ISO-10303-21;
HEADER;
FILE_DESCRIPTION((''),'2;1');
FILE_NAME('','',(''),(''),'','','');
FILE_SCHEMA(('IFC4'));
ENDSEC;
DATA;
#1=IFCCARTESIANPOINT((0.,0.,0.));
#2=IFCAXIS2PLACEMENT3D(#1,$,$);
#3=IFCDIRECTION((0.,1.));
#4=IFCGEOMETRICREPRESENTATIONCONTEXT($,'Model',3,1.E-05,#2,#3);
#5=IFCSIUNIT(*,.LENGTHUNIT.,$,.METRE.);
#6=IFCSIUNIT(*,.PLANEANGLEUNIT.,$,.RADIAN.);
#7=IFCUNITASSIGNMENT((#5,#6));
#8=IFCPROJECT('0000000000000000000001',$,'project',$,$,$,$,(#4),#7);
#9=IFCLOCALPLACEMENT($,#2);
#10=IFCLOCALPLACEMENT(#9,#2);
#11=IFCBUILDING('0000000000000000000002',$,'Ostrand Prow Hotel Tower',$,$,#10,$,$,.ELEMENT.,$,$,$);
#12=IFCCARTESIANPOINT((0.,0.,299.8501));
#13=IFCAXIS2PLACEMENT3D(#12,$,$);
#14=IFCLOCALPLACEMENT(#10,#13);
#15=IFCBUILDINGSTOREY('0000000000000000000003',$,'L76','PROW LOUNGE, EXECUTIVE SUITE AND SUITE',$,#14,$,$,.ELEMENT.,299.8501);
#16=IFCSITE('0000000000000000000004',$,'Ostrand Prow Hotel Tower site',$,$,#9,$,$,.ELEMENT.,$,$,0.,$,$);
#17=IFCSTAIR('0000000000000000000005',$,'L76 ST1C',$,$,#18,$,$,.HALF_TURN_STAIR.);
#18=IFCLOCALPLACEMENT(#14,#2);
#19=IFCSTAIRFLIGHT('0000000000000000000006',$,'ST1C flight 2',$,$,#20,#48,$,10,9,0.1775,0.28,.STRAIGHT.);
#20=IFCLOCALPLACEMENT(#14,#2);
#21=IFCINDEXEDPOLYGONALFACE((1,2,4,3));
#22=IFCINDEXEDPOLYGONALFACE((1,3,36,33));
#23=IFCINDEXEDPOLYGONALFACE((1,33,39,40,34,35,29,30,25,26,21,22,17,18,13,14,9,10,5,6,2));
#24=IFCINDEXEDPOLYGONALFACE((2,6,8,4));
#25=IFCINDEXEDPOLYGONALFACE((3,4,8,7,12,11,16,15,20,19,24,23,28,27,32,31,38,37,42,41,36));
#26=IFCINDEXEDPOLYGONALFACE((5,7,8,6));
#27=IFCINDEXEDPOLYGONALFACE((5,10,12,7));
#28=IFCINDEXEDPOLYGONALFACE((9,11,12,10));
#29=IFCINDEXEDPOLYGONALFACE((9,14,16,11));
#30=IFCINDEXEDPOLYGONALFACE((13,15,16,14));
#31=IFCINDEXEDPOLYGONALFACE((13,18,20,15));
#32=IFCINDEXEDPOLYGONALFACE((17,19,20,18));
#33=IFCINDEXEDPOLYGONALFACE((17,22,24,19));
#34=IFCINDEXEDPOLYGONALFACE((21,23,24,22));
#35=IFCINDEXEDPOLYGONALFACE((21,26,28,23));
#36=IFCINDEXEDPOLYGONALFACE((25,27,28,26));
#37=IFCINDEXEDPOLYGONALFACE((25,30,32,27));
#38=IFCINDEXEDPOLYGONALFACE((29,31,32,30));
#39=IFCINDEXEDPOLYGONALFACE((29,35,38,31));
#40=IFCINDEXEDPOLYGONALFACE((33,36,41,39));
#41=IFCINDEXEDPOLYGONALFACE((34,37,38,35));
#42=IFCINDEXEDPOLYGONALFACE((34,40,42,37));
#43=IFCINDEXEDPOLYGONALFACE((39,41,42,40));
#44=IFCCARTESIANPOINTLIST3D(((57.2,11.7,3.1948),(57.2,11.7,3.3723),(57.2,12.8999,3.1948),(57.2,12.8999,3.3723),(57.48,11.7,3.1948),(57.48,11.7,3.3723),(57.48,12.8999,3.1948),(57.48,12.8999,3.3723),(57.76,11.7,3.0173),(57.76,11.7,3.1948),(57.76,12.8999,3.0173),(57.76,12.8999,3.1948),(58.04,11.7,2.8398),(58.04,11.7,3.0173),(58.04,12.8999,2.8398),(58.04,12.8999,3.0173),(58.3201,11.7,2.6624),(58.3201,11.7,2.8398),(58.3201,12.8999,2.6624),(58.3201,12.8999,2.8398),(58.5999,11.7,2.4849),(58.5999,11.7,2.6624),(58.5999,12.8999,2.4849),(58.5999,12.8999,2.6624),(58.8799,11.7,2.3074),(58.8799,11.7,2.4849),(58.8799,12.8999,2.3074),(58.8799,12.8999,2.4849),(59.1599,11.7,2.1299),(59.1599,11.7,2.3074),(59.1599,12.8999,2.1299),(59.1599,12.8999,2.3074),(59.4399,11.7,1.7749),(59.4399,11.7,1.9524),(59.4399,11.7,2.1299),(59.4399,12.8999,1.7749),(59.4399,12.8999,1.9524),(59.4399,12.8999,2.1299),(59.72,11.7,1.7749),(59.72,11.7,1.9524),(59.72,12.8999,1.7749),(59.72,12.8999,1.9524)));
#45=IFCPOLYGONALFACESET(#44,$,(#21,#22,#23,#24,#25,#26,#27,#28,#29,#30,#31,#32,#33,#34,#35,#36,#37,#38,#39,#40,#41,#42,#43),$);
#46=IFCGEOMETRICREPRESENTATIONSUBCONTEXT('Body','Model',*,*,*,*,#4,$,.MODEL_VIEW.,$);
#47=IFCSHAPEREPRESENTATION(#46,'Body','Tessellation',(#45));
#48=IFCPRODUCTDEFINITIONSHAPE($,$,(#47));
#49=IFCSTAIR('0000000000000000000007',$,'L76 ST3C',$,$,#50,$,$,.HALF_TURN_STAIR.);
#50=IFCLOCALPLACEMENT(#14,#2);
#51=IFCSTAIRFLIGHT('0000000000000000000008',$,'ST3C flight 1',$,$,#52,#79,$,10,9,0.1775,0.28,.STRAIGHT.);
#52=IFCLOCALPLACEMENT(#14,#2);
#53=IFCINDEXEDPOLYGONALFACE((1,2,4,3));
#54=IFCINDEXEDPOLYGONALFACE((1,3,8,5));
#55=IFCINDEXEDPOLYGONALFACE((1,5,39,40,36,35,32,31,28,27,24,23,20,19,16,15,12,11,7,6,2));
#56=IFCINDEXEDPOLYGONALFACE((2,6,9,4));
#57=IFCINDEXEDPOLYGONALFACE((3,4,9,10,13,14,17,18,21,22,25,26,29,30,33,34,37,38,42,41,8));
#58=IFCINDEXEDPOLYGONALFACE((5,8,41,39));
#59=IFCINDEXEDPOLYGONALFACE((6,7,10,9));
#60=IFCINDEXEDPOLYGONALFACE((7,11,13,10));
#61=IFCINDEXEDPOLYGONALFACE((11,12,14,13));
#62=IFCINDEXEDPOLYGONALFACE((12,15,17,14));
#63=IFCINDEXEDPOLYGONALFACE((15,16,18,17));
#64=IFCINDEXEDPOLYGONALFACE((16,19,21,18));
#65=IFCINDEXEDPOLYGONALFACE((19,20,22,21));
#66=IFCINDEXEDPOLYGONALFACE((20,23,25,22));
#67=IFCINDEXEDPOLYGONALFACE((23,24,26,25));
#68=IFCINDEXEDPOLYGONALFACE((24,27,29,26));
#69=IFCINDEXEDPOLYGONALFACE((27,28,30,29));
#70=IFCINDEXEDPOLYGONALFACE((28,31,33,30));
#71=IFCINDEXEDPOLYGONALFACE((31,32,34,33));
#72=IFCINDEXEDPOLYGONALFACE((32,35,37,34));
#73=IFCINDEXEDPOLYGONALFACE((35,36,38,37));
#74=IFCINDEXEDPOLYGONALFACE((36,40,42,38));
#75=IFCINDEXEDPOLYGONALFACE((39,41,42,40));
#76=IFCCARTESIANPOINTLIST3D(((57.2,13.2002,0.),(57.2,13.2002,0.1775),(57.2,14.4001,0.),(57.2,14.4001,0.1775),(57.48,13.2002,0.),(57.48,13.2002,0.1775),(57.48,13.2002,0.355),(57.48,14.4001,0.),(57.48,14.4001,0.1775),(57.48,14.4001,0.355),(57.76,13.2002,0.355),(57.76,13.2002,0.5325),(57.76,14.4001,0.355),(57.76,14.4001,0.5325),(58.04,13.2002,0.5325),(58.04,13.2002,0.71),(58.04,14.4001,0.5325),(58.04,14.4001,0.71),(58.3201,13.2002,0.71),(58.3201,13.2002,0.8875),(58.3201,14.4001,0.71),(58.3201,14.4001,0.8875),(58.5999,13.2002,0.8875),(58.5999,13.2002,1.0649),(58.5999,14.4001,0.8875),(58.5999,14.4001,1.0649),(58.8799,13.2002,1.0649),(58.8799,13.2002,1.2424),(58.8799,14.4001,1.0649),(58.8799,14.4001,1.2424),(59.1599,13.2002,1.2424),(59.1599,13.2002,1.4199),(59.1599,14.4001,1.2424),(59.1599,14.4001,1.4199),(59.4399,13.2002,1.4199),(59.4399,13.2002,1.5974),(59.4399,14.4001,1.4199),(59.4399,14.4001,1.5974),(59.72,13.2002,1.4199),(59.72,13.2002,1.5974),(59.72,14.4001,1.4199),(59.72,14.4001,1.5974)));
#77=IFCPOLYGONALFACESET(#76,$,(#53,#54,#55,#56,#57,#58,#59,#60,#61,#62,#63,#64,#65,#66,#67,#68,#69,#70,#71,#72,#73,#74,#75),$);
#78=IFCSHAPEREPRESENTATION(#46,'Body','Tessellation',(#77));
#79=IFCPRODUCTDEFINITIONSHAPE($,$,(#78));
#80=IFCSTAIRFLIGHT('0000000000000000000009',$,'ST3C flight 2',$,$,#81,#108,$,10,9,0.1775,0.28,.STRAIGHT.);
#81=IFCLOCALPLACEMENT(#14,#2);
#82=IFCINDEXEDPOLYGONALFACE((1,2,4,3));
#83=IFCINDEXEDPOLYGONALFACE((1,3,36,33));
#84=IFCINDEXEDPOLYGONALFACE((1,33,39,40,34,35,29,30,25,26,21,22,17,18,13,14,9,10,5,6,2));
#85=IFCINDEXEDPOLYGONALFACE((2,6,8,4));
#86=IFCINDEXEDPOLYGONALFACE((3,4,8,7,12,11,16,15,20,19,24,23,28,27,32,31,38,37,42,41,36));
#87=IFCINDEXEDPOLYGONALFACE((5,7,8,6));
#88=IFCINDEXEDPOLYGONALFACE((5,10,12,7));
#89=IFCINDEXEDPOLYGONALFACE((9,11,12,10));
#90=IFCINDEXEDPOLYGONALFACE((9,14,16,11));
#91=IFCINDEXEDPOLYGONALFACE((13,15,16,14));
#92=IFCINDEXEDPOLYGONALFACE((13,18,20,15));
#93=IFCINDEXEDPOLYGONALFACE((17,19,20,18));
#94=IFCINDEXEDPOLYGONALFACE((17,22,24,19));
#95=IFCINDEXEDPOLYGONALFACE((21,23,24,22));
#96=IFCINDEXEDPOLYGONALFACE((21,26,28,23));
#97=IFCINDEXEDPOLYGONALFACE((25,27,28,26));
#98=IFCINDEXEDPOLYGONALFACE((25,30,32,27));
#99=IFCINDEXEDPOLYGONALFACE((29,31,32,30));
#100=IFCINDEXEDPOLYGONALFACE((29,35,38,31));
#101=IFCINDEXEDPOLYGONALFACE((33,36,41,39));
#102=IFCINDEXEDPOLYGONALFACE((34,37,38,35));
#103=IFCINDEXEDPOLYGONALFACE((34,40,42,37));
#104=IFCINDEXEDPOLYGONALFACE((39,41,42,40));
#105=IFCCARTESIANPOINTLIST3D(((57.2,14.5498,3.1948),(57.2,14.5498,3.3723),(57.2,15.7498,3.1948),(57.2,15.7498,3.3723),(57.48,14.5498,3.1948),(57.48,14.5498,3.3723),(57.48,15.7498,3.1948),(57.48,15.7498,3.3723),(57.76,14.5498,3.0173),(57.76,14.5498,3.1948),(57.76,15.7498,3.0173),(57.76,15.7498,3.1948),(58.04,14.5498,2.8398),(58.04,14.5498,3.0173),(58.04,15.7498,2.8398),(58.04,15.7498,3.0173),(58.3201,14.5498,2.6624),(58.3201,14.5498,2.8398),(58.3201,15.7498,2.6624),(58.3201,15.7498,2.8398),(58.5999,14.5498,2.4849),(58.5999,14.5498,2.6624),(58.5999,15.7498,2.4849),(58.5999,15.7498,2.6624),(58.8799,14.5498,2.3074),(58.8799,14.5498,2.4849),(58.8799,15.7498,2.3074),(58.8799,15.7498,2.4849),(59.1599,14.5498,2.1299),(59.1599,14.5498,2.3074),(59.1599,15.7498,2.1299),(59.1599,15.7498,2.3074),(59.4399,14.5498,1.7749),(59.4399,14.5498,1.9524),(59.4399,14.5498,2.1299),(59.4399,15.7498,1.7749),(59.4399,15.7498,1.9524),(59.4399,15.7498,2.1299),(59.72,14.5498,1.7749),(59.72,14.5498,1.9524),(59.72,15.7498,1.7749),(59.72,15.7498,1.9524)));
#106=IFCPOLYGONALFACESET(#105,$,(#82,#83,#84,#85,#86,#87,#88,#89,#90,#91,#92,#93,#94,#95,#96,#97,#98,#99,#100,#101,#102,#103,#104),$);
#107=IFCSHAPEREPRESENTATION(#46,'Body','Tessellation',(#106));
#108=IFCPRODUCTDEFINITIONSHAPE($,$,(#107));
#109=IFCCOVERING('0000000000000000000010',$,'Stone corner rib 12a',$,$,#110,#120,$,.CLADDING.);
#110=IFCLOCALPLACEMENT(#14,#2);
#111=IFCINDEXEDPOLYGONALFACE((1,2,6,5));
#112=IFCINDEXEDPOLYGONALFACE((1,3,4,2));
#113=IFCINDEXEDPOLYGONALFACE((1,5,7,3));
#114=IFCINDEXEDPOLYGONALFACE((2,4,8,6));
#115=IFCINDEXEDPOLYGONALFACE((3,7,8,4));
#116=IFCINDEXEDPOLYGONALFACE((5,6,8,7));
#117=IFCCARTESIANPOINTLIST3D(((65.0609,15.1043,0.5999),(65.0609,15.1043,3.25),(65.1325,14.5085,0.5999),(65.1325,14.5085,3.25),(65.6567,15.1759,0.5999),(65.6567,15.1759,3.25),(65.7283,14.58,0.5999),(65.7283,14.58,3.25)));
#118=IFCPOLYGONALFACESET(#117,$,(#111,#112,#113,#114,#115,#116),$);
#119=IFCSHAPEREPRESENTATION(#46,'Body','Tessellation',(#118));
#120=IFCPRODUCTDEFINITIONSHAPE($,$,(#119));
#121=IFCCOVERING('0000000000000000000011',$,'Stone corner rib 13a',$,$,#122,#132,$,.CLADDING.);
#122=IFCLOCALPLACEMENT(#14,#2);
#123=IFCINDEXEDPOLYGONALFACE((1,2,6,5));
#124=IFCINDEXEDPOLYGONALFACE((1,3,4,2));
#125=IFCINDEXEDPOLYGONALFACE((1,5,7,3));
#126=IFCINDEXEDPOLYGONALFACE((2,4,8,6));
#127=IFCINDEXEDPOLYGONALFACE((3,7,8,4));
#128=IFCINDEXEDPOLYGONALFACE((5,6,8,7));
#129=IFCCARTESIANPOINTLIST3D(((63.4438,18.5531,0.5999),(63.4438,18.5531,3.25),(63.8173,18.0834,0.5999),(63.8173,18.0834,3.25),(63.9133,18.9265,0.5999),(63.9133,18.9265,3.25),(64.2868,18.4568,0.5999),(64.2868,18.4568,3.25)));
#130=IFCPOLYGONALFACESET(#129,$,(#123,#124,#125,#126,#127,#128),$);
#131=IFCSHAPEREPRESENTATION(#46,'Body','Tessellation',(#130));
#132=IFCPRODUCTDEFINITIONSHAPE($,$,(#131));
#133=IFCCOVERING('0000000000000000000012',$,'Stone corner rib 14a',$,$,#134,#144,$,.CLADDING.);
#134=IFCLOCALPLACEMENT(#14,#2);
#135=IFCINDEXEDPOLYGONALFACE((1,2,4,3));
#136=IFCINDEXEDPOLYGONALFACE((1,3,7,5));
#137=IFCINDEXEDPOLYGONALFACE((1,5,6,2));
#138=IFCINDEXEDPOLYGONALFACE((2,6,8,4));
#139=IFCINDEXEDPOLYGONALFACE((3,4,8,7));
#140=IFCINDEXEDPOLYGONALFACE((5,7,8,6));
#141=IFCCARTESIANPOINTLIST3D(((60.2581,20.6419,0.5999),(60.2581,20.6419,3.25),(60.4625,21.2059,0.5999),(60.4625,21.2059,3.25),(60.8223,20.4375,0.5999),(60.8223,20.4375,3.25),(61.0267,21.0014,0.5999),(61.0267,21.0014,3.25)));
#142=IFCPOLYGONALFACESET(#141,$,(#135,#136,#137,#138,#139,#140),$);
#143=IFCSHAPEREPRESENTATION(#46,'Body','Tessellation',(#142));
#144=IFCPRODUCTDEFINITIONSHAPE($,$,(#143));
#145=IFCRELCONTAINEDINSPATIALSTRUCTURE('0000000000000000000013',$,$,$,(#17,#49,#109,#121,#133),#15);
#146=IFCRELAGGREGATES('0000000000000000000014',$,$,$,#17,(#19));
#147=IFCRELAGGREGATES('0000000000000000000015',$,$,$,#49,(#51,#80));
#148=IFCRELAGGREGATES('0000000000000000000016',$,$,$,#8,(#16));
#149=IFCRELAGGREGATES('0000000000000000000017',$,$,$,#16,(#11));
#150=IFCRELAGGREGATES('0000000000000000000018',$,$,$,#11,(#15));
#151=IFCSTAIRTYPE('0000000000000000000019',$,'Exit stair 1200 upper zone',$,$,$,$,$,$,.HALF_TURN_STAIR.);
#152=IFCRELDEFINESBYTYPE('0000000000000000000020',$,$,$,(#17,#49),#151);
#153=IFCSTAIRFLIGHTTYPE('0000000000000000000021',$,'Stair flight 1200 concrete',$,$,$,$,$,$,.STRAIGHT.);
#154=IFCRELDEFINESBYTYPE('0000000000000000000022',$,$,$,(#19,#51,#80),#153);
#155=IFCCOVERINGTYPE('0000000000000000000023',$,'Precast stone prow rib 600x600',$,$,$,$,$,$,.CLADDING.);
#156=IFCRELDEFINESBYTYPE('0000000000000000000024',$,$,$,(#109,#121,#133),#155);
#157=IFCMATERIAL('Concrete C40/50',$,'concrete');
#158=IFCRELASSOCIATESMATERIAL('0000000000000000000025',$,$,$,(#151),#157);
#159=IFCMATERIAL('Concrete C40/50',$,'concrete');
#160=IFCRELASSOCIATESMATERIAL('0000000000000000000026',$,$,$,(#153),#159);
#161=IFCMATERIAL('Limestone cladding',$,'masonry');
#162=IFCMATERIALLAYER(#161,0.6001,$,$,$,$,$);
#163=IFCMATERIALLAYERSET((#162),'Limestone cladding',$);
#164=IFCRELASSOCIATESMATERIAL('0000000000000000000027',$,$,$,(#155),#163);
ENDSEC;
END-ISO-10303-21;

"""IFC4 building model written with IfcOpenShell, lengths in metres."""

from ifc_helpers import new_model, si_unit, direction, frame, frame_2d, origin, place, context, subcontext, project, spatial, polyline, rectangle, outline, extrude, material, layer, layer_set, type_object, element, aggregate, save


model = new_model("IFC4")

# Units and contexts
model_context = context("Model", 3, precision=1e-05, world=origin(), true_north=direction((0.0, 1.0)))
body_context = subcontext(model_context, "Body", "Model", "MODEL_VIEW")
ifc_project = project(units=[si_unit("LENGTHUNIT", "METRE"), si_unit("PLANEANGLEUNIT", "RADIAN")], contexts=[model_context])

# Site, building, storey
site_placement = place(None, origin())
site = spatial("IfcSite", under=ifc_project, at=site_placement, Name="Ostrand Prow Hotel Tower site", CompositionType="ELEMENT", RefElevation=0.0)
building_placement = place(site_placement, origin())
building = spatial("IfcBuilding", under=site, at=building_placement, Name="Ostrand Prow Hotel Tower", CompositionType="ELEMENT")
storey_placement = place(building_placement, frame((0.0, 0.0, 299.8501)))
storey = spatial("IfcBuildingStorey", under=building, at=storey_placement, Name="L76", Description="PROW LOUNGE, EXECUTIVE SUITE AND SUITE", CompositionType="ELEMENT", Elevation=299.8501)

# Stairs, stair flights
ifc_material_1 = material(Name="Concrete C40/50", Category="concrete")
stair_type = type_object("IfcStairType", Name="Exit stair 1200 upper zone", PredefinedType="HALF_TURN_STAIR", material=ifc_material_1)
stair_1_placement = place(storey_placement, origin())
stair_1 = element("IfcStair", 1, at=stair_1_placement, inside=storey, type_object=stair_type, Name="L76 ST1C", PredefinedType="HALF_TURN_STAIR")
ifc_material_2 = material(Name="Concrete C40/50", Category="concrete")
stair_flight_type = type_object("IfcStairFlightType", Name="Stair flight 1200 concrete", PredefinedType="STRAIGHT", material=ifc_material_2)
stair_flight_1_placement = place(storey_placement, frame((59.72, 12.3, 1.7749), z_axis=(0.0, 0.0, 1.0), x_axis=(-1.0, 0.0, 0.0)))
stair_flight_1 = element("IfcStairFlight", 2, at=stair_flight_1_placement, type_object=stair_flight_type, Name="ST1C flight 2", NumberOfRisers=10, NumberOfTreads=9, PredefinedType="STRAIGHT", RiserHeight=0.1775, TreadLength=0.28, context=body_context, shape_type="SweptSolid", body=[
    extrude(outline(polyline([(0.0, 0.0), (0.0, 0.1775), (0.28, 0.1775), (0.28, 0.355), (0.5601, 0.355), (0.5601, 0.5325), (0.8401, 0.5325), (0.8401, 0.71), (1.1201, 0.71), (1.1201, 0.8875), (1.3999, 0.8875), (1.3999, 1.0649), (1.6799, 1.0649), (1.6799, 1.2424), (1.96, 1.2424), (1.96, 1.4199), (2.24, 1.4199), (2.24, 1.5974), (2.52, 1.5974), (2.52, 1.7749), (2.52, 1.4199), (0.28, 0.0), (0.0, 0.0)])), frame((0.0, 0.6001, 0.0), z_axis=(0.0, -1.0, 0.0), x_axis=(1.0, 0.0, 0.0)), (0.0, 0.0, 1.0), 1.2),
])
aggregate(stair_1, [stair_flight_1])
stair_2_placement = place(storey_placement, origin())
stair_2 = element("IfcStair", 3, at=stair_2_placement, inside=storey, type_object=stair_type, Name="L76 ST3C", PredefinedType="HALF_TURN_STAIR")
stair_flight_2_placement = place(storey_placement, frame((57.2, 13.8, 0.0), z_axis=(0.0, 0.0, 1.0), x_axis=(1.0, 0.0, 0.0)))
stair_flight_2 = element("IfcStairFlight", 4, at=stair_flight_2_placement, type_object=stair_flight_type, Name="ST3C flight 1", NumberOfRisers=10, NumberOfTreads=9, PredefinedType="STRAIGHT", RiserHeight=0.1775, TreadLength=0.28, context=body_context, shape_type="SweptSolid", body=[
    extrude(outline(polyline([(0.0, 0.0), (0.0, 0.1775), (0.28, 0.1775), (0.28, 0.355), (0.5601, 0.355), (0.5601, 0.5325), (0.8401, 0.5325), (0.8401, 0.71), (1.1201, 0.71), (1.1201, 0.8875), (1.3999, 0.8875), (1.3999, 1.0649), (1.6799, 1.0649), (1.6799, 1.2424), (1.96, 1.2424), (1.96, 1.4199), (2.24, 1.4199), (2.24, 1.5974), (2.52, 1.5974), (2.52, 1.7749), (2.52, 1.4199), (0.28, 0.0), (0.0, 0.0)])), frame((0.0, 0.6001, 0.0), z_axis=(0.0, -1.0, 0.0), x_axis=(1.0, 0.0, 0.0)), (0.0, 0.0, 1.0), 1.2),
])
stair_flight_3_placement = place(storey_placement, frame((59.72, 15.1499, 1.7749), z_axis=(0.0, 0.0, 1.0), x_axis=(-1.0, 0.0, 0.0)))
stair_flight_3 = element("IfcStairFlight", 5, at=stair_flight_3_placement, type_object=stair_flight_type, Name="ST3C flight 2", NumberOfRisers=10, NumberOfTreads=9, PredefinedType="STRAIGHT", RiserHeight=0.1775, TreadLength=0.28, context=body_context, shape_type="SweptSolid", body=[
    extrude(outline(polyline([(0.0, 0.0), (0.0, 0.1775), (0.28, 0.1775), (0.28, 0.355), (0.5601, 0.355), (0.5601, 0.5325), (0.8401, 0.5325), (0.8401, 0.71), (1.1201, 0.71), (1.1201, 0.8875), (1.3999, 0.8875), (1.3999, 1.0649), (1.6799, 1.0649), (1.6799, 1.2424), (1.96, 1.2424), (1.96, 1.4199), (2.24, 1.4199), (2.24, 1.5974), (2.52, 1.5974), (2.52, 1.7749), (2.52, 1.4199), (0.28, 0.0), (0.0, 0.0)])), frame((0.0, 0.6001, 0.0), z_axis=(0.0, -1.0, 0.0), x_axis=(1.0, 0.0, 0.0)), (0.0, 0.0, 1.0), 1.2),
])
aggregate(stair_2, [stair_flight_2, stair_flight_3])

# Coverings
ifc_material_3 = material(Name="Limestone cladding", Category="masonry")
ifc_layer_1 = layer(ifc_material_3, 0.6001)
ifc_layer_set_1 = layer_set([ifc_layer_1], Name="Limestone cladding")
covering_type = type_object("IfcCoveringType", Name="Precast stone prow rib 600x600", PredefinedType="CLADDING", material=ifc_layer_set_1)
covering_placement = place(storey_placement, frame((65.0967, 14.8064, 0.5999), z_axis=(0.0, 0.0, 1.0), x_axis=(0.992867, 0.119225, 0.0)))
element("IfcCovering", 6, at=covering_placement, inside=storey, type_object=covering_type, Name="Stone corner rib 12a", PredefinedType="CLADDING", context=body_context, shape_type="SweptSolid", body=[
    extrude(rectangle(XDim=0.6001, YDim=0.6001, at=frame_2d((0.3, 0.0))), origin(), (0.0, 0.0, 1.0), 2.6501),
])
for number, where, z_axis, x_axis, name in (
    (7, (63.6306, 18.3184, 0.5999), (0.0, 0.0, 1.0), (0.782732, 0.622359, 0.0), "Stone corner rib 13a"),
    (8, (60.5403, 20.5398, 0.5999), (0.0, 0.0, 1.0), (0.340664, 0.940185, 0.0), "Stone corner rib 14a"),
):
    element("IfcCovering", number, at=place(storey_placement, frame(where, z_axis=z_axis, x_axis=x_axis)), inside=storey, type_object=covering_type, Name=name, PredefinedType="CLADDING", context=body_context, shape_type="SweptSolid", body=[
        extrude(rectangle(XDim=0.5999, YDim=0.6001, at=frame_2d((0.2998, 0.0))), origin(), (0.0, 0.0, 1.0), 2.6501),
    ])

save(model, "model.ifc")
